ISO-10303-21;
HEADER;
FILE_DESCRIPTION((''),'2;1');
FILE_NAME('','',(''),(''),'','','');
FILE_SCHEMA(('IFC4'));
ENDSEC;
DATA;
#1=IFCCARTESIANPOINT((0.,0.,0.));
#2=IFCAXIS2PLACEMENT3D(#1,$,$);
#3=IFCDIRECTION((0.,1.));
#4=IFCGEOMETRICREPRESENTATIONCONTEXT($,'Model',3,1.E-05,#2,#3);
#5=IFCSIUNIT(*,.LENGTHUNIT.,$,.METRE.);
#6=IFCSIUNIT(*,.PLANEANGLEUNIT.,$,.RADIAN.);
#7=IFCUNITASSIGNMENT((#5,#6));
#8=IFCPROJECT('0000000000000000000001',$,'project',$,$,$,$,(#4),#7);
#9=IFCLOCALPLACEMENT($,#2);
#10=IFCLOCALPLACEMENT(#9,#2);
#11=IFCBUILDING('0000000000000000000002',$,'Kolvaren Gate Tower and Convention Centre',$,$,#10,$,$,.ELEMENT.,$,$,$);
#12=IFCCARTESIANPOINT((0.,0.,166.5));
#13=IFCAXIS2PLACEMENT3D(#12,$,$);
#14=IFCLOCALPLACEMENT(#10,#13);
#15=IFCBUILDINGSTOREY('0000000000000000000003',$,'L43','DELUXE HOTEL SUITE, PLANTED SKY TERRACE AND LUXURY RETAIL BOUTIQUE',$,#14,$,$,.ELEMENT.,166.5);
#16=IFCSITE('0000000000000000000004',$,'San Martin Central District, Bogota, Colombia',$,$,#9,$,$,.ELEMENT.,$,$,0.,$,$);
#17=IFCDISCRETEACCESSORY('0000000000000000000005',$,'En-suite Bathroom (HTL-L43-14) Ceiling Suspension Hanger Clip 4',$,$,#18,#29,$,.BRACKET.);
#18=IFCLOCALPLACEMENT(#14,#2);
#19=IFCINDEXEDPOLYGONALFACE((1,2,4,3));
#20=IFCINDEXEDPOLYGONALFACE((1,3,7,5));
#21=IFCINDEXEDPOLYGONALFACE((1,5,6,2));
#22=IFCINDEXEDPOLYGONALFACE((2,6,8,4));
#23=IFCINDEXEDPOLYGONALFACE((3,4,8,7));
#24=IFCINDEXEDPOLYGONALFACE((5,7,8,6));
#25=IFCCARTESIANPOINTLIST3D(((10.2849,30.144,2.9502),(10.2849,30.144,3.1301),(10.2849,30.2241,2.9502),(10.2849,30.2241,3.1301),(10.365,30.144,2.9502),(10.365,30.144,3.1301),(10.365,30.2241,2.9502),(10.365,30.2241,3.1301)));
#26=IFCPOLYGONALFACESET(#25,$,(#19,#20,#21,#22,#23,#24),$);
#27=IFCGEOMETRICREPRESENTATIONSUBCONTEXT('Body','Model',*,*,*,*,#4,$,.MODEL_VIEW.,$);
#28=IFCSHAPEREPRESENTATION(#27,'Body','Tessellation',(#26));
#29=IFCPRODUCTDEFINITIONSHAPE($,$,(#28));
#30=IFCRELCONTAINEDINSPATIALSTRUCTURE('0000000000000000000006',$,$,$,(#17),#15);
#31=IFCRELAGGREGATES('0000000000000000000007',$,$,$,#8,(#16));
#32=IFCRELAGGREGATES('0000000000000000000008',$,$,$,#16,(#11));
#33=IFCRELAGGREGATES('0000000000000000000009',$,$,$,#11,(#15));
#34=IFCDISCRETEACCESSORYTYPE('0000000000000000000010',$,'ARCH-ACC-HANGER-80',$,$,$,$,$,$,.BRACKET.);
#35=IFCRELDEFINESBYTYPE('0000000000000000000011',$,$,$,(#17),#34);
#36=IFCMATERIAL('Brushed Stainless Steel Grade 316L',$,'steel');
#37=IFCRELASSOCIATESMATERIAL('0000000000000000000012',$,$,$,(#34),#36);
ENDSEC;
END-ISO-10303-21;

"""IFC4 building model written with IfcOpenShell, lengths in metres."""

from ifc_helpers import new_model, si_unit, direction, frame, origin, origin_2d, place, context, subcontext, project, spatial, rectangle, extrude, material, type_object, element, save


model = new_model("IFC4")

# Units and contexts
model_context = context("Model", 3, precision=1e-05, world=origin(), true_north=direction((0.0, 1.0)))
body_context = subcontext(model_context, "Body", "Model", "MODEL_VIEW")
ifc_project = project(units=[si_unit("LENGTHUNIT", "METRE"), si_unit("PLANEANGLEUNIT", "RADIAN")], contexts=[model_context])

# Site, building, storey
site_placement = place(None, origin())
site = spatial("IfcSite", under=ifc_project, at=site_placement, Name="San Martin Central District, Bogota, Colombia", CompositionType="ELEMENT", RefElevation=0.0)
building_placement = place(site_placement, origin())
building = spatial("IfcBuilding", under=site, at=building_placement, Name="Kolvaren Gate Tower and Convention Centre", CompositionType="ELEMENT")
storey_placement = place(building_placement, frame((0.0, 0.0, 166.5)))
storey = spatial("IfcBuildingStorey", under=building, at=storey_placement, Name="L43", Description="DELUXE HOTEL SUITE, PLANTED SKY TERRACE AND LUXURY RETAIL BOUTIQUE", CompositionType="ELEMENT", Elevation=166.5)

# Shared definitions
ifc_material_1 = material(Name="Brushed Stainless Steel Grade 316L", Category="steel")

# Discrete accessory
discrete_accessory_type_1 = type_object("IfcDiscreteAccessoryType", Name="ARCH-ACC-HANGER-80", PredefinedType="BRACKET", material=ifc_material_1)
for number, where, z_axis, x_axis, name in (
    (1, (10.325, 30.1841, 2.9502), (0.0, 0.0, 1.0), (1.0, 0.0, 0.0), "En-suite Bathroom (HTL-L43-14) Ceiling Suspension Hanger Clip 4"),
):
    element("IfcDiscreteAccessory", number, at=place(storey_placement, frame(where, z_axis=z_axis, x_axis=x_axis)), inside=storey, type_object=discrete_accessory_type_1, Name=name, PredefinedType="BRACKET", context=body_context, shape_type="SweptSolid", body=[
        extrude(rectangle(XDim=0.0801, YDim=0.0801, at=origin_2d()), origin(), (0.0, 0.0, 1.0), 0.1799),
    ])

save(model, "model.ifc")
